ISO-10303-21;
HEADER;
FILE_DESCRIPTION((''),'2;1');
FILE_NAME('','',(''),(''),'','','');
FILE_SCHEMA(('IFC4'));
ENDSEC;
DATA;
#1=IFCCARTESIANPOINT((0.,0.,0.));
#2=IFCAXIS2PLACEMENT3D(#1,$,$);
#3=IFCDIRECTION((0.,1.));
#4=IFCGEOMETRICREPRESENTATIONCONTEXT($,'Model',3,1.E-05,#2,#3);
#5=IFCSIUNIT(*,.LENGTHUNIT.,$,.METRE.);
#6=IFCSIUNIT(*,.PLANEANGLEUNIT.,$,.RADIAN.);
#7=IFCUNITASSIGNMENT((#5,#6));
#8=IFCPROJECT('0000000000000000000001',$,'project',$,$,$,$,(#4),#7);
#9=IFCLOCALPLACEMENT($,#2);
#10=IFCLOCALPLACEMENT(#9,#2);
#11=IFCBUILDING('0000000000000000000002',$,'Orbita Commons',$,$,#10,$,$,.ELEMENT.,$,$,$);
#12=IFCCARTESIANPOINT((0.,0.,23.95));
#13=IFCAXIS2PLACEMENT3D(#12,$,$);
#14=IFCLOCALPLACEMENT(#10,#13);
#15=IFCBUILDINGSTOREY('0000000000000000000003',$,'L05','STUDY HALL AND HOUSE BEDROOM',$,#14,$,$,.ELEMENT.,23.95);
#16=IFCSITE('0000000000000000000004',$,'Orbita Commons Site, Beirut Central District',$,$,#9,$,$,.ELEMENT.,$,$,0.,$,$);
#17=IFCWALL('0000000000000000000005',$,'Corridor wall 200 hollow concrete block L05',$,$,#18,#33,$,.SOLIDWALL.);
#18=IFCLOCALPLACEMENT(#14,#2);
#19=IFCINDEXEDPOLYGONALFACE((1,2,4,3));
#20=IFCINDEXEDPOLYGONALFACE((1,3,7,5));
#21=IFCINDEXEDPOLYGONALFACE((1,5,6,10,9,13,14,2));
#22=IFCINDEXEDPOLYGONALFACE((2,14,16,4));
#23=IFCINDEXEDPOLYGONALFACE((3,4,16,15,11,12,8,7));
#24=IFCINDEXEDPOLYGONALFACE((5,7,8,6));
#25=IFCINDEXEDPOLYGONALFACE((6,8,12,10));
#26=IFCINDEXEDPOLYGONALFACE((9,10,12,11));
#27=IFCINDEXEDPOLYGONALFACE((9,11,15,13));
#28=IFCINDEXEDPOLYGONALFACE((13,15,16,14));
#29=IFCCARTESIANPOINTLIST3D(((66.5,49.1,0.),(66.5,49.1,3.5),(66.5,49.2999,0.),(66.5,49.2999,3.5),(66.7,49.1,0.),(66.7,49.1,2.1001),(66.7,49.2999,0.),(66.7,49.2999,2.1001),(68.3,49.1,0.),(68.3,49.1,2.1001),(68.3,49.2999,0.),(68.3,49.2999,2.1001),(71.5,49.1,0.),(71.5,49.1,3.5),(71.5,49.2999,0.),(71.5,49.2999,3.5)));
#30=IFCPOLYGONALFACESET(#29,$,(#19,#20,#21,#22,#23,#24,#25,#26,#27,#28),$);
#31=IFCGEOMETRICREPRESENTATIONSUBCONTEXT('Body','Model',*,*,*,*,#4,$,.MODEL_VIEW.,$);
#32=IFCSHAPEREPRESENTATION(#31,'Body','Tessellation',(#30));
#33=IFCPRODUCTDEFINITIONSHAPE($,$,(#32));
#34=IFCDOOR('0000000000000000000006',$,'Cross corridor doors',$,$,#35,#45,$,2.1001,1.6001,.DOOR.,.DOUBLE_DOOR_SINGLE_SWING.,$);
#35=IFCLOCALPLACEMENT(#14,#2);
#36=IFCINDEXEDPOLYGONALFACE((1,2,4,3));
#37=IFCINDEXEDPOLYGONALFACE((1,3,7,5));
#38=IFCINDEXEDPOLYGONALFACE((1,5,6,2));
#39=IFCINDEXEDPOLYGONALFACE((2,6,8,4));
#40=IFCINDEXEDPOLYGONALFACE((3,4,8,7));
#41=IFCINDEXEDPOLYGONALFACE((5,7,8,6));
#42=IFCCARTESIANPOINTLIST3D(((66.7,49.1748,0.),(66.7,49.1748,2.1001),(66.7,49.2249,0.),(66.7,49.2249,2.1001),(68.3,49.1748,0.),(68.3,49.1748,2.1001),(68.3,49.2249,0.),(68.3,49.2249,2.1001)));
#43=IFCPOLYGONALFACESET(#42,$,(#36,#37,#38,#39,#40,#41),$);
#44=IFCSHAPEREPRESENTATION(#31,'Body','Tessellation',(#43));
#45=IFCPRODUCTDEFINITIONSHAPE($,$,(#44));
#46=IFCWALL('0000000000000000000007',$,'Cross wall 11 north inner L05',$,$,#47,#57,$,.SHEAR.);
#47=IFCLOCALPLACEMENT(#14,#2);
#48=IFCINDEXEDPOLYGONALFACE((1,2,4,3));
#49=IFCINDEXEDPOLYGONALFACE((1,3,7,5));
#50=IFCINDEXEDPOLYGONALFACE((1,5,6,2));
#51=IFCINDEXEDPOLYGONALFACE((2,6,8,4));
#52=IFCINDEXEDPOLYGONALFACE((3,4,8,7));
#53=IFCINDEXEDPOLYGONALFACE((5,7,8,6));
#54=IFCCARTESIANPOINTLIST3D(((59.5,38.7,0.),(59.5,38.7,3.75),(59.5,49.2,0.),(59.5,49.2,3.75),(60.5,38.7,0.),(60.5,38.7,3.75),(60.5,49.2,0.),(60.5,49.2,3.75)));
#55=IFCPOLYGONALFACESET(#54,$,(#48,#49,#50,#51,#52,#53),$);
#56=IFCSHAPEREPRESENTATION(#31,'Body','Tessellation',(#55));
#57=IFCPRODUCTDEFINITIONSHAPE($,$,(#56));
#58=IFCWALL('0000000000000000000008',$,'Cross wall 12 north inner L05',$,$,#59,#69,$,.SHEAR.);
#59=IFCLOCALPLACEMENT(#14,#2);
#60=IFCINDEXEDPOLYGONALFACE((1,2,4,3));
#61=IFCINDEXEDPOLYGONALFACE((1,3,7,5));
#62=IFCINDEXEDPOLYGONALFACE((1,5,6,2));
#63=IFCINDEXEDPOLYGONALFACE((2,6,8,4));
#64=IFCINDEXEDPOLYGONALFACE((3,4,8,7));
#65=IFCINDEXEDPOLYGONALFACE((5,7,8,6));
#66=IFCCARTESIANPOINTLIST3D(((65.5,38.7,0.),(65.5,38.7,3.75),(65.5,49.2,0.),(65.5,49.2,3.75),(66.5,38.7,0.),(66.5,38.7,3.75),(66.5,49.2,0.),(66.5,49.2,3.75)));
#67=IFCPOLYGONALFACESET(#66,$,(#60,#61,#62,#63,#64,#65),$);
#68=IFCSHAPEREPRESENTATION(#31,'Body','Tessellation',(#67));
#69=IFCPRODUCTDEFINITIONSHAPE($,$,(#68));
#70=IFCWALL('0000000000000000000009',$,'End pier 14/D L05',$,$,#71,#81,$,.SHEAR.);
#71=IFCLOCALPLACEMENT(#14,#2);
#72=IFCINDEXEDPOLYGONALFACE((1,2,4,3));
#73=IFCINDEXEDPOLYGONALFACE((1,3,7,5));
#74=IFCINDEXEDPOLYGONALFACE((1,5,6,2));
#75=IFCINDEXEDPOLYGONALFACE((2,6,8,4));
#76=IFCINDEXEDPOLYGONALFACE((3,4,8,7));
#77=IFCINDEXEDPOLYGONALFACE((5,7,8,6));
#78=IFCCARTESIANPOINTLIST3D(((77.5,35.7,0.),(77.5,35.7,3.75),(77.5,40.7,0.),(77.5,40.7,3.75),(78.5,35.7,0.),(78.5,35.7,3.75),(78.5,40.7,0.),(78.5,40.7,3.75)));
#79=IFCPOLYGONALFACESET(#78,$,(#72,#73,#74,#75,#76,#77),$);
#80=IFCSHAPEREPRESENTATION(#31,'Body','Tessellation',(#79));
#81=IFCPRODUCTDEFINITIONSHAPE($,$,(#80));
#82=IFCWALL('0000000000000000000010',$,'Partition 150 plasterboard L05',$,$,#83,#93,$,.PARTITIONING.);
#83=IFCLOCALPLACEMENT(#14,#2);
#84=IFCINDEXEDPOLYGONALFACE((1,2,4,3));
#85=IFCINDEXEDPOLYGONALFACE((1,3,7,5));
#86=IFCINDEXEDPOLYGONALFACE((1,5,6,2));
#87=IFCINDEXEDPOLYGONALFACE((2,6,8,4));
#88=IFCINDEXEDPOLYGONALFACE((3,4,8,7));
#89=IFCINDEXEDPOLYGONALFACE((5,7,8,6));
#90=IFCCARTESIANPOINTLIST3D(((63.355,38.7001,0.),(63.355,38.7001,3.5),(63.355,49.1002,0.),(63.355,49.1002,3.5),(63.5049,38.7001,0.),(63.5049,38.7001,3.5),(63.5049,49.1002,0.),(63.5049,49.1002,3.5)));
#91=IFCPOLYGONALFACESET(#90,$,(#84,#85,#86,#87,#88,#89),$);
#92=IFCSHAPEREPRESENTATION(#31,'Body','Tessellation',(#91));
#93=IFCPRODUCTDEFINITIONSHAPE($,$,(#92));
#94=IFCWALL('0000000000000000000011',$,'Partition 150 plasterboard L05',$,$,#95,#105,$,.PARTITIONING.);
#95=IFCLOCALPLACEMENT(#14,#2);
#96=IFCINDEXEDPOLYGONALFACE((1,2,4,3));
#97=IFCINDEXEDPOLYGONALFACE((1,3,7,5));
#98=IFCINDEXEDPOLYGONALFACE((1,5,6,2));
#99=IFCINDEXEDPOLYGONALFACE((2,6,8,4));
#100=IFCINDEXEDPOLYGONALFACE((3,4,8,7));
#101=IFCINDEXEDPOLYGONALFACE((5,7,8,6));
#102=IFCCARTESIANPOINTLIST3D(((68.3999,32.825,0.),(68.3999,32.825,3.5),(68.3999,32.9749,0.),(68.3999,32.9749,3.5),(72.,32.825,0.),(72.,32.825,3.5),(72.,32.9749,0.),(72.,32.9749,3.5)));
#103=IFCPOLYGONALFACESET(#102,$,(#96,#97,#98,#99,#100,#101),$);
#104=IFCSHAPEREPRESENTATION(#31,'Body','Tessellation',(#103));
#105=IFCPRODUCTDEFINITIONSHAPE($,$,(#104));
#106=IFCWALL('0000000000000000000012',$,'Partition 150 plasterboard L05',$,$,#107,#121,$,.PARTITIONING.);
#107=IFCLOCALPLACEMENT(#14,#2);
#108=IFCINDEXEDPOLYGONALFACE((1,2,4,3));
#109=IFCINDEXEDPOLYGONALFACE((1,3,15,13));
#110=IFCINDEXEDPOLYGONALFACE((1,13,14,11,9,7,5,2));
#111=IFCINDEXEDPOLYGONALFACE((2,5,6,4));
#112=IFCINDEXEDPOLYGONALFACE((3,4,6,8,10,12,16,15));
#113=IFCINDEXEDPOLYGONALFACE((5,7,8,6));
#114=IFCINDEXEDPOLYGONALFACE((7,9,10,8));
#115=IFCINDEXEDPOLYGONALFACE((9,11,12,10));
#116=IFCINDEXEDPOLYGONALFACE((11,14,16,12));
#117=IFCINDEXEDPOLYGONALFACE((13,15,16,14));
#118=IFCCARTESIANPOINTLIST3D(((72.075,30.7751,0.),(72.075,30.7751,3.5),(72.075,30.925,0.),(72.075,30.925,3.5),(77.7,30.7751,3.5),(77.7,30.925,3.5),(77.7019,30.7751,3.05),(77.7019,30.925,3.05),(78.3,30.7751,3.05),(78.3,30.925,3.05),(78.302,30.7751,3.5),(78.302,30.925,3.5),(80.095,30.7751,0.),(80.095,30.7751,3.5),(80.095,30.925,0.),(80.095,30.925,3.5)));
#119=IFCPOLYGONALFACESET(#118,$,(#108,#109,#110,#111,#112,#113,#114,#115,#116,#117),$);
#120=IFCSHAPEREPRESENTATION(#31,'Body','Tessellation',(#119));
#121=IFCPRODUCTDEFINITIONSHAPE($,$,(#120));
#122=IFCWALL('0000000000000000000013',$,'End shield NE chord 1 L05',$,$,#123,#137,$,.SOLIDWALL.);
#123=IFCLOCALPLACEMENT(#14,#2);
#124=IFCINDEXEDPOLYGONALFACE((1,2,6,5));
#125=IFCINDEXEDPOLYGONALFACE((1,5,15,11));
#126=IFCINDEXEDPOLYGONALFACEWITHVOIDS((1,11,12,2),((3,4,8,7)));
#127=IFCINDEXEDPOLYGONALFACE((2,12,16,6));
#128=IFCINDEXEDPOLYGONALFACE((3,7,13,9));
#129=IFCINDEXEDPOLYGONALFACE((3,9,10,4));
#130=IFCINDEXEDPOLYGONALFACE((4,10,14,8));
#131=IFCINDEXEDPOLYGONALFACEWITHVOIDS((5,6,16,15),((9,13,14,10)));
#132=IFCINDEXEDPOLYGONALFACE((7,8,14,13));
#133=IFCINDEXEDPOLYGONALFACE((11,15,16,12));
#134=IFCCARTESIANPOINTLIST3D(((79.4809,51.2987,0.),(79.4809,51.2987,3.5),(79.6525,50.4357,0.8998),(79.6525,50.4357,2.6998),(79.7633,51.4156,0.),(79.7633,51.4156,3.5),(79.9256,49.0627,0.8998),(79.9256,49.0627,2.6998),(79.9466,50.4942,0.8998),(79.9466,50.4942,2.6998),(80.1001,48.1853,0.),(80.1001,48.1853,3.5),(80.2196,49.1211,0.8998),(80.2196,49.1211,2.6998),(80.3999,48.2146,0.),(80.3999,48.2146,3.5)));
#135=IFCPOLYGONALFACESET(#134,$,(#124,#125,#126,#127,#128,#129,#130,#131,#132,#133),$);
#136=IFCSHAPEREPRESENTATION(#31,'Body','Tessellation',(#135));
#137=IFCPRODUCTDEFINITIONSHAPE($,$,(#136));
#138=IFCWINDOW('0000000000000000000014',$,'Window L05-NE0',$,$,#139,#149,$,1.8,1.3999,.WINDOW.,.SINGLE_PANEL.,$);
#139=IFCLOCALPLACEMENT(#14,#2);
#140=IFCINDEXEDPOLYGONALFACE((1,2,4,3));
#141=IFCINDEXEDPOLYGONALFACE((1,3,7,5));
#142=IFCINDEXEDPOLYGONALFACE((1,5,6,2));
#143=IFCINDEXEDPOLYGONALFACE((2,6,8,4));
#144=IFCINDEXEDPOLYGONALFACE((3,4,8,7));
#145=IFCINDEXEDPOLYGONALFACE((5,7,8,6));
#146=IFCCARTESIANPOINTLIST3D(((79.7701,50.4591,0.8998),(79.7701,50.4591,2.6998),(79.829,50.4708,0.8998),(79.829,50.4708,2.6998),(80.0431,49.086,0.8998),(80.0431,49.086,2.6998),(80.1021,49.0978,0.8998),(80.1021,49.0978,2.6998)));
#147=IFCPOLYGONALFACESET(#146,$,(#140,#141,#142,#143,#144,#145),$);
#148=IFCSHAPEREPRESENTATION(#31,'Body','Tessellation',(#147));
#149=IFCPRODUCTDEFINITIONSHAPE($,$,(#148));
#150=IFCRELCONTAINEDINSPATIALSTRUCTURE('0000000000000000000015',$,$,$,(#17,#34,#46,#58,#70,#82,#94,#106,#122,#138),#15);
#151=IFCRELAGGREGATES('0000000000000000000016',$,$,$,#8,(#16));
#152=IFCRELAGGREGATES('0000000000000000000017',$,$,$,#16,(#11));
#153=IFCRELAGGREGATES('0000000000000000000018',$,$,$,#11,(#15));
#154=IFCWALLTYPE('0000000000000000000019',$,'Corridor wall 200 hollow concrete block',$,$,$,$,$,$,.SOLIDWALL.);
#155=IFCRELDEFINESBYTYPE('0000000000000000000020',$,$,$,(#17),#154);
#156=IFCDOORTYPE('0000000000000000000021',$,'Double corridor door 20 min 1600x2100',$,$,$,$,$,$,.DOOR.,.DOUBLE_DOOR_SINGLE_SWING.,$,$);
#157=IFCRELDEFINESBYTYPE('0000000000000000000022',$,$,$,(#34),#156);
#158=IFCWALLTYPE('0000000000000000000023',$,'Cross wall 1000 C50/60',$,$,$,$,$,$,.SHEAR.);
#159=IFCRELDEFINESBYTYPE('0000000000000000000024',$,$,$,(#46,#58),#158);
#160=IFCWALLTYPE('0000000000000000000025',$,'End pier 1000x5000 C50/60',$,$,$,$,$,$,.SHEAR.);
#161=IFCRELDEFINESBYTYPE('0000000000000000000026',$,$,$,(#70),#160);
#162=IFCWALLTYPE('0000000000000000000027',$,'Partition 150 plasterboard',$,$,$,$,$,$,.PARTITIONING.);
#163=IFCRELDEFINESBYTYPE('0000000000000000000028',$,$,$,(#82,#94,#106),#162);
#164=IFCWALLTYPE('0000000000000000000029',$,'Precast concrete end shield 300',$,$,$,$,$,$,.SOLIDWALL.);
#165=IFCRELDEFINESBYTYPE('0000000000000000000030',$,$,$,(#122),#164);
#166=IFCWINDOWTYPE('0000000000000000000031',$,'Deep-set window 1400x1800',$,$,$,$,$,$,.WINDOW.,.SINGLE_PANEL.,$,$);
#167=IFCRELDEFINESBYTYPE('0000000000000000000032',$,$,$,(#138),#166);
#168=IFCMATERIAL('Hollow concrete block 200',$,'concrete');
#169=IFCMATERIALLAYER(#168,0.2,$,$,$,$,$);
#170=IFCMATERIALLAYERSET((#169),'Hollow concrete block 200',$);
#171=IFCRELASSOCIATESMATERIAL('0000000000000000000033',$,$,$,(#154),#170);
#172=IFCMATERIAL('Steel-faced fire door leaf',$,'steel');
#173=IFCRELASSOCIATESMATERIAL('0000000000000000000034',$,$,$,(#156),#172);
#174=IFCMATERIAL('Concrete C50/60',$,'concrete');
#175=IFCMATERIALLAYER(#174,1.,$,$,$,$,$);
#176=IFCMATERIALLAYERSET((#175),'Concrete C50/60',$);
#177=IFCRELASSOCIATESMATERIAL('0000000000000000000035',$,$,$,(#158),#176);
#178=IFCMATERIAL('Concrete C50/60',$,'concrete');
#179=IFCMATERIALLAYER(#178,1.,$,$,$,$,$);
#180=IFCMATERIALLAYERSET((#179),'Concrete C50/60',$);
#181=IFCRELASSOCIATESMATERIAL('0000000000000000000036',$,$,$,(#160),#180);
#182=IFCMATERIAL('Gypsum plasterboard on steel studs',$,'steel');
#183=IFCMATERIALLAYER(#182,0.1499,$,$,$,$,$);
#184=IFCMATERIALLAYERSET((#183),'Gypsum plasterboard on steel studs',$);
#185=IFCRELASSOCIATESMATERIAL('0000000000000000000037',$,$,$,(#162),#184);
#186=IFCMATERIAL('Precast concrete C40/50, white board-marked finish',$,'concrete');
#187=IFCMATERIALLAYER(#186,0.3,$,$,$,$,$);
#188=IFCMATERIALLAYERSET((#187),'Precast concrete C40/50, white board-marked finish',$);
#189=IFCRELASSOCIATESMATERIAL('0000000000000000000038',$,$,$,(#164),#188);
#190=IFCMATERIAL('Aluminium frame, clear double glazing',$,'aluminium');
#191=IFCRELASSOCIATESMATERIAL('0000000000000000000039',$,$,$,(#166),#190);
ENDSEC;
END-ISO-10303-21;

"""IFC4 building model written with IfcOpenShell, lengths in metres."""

from ifc_helpers import new_model, si_unit, direction, frame, frame_2d, origin, place, context, subcontext, project, spatial, polyline, rectangle, outline, extrude, material, layer, layer_set, type_object, element, fill, save


model = new_model("IFC4")

# Units and contexts
model_context = context("Model", 3, precision=1e-05, world=origin(), true_north=direction((0.0, 1.0)))
body_context = subcontext(model_context, "Body", "Model", "MODEL_VIEW")
ifc_project = project(units=[si_unit("LENGTHUNIT", "METRE"), si_unit("PLANEANGLEUNIT", "RADIAN")], contexts=[model_context])

# Site, building, storey
site_placement = place(None, origin())
site = spatial("IfcSite", under=ifc_project, at=site_placement, Name="Orbita Commons Site, Beirut Central District", CompositionType="ELEMENT", RefElevation=0.0)
building_placement = place(site_placement, origin())
building = spatial("IfcBuilding", under=site, at=building_placement, Name="Orbita Commons", CompositionType="ELEMENT")
storey_placement = place(building_placement, frame((0.0, 0.0, 23.95)))
storey = spatial("IfcBuildingStorey", under=building, at=storey_placement, Name="L05", Description="STUDY HALL AND HOUSE BEDROOM", CompositionType="ELEMENT", Elevation=23.95)

# Shared definitions
ifc_material_1 = material(Name="Hollow concrete block 200", Category="concrete")
ifc_layer_1 = layer(ifc_material_1, 0.2)
ifc_layer_set_1 = layer_set([ifc_layer_1], Name="Hollow concrete block 200")
wall_type_1 = type_object("IfcWallType", Name="Corridor wall 200 hollow concrete block", PredefinedType="SOLIDWALL", material=ifc_layer_set_1)

# Wall, opening, door
wall_1_placement = place(storey_placement, frame((66.5, 49.2, 0.0), z_axis=(0.0, 0.0, 1.0), x_axis=(1.0, 0.0, 0.0)))
wall_1 = element("IfcWall", 1, at=wall_1_placement, inside=storey, type_object=wall_type_1, Name="Corridor wall 200 hollow concrete block L05", PredefinedType="SOLIDWALL", context=body_context, shape_type="SweptSolid", body=[
    extrude(rectangle(XDim=5.0, YDim=0.2, at=frame_2d((2.5, 0.0))), origin(), (0.0, 0.0, 1.0), 3.5),
])
opening_1_placement = place(wall_1_placement, frame((0.2, 0.0, 0.0)))
opening_1 = element("IfcOpeningElement", 2, at=opening_1_placement, cuts=wall_1, PredefinedType="OPENING", context=body_context, shape_type="SweptSolid", body=[
    extrude(rectangle(XDim=1.6001, YDim=2.1001, at=frame_2d((0.8, 1.05))), frame((0.0, 0.1099, 0.0), z_axis=(0.0, -1.0, 0.0), x_axis=(1.0, 0.0, 0.0)), (0.0, 0.0, 1.0), 0.22),
])
ifc_material_2 = material(Name="Steel-faced fire door leaf", Category="steel")
door_type_1 = type_object("IfcDoorType", Name="Double corridor door 20 min 1600x2100", OperationType="DOUBLE_DOOR_SINGLE_SWING", PredefinedType="DOOR", material=ifc_material_2)
door_1_placement = place(opening_1_placement, origin())
door_1 = element("IfcDoor", 3, at=door_1_placement, inside=storey, type_object=door_type_1, Name="Cross corridor doors", OperationType="DOUBLE_DOOR_SINGLE_SWING", OverallHeight=2.1001, OverallWidth=1.6001, PredefinedType="DOOR", context=body_context, shape_type="SweptSolid", body=[
    extrude(rectangle(XDim=1.6001, YDim=2.1001, at=frame_2d((0.8, 1.05))), frame((0.0, 0.0249, 0.0), z_axis=(0.0, -1.0, 0.0), x_axis=(1.0, 0.0, 0.0)), (0.0, 0.0, 1.0), 0.05),
])
fill(opening_1, door_1)

# Walls
ifc_material_3 = material(Name="Concrete C50/60", Category="concrete")
ifc_layer_2 = layer(ifc_material_3, 1.0)
ifc_layer_set_2 = layer_set([ifc_layer_2], Name="Concrete C50/60")
wall_type_2 = type_object("IfcWallType", Name="Cross wall 1000 C50/60", PredefinedType="SHEAR", material=ifc_layer_set_2)
for number, where, z_axis, x_axis, name in (
    (4, (60.0, 38.7, 0.0), (0.0, 0.0, 1.0), (0.0, 1.0, 0.0), "Cross wall 11 north inner L05"),
    (5, (66.0, 38.7, 0.0), (0.0, 0.0, 1.0), (0.0, 1.0, 0.0), "Cross wall 12 north inner L05"),
):
    element("IfcWall", number, at=place(storey_placement, frame(where, z_axis=z_axis, x_axis=x_axis)), inside=storey, type_object=wall_type_2, Name=name, PredefinedType="SHEAR", context=body_context, shape_type="SweptSolid", body=[
        extrude(rectangle(XDim=10.5, YDim=1.0, at=frame_2d((5.25, 0.0))), origin(), (0.0, 0.0, 1.0), 3.75),
    ])
ifc_material_4 = material(Name="Concrete C50/60", Category="concrete")
ifc_layer_3 = layer(ifc_material_4, 1.0)
ifc_layer_set_3 = layer_set([ifc_layer_3], Name="Concrete C50/60")
wall_type_3 = type_object("IfcWallType", Name="End pier 1000x5000 C50/60", PredefinedType="SHEAR", material=ifc_layer_set_3)
wall_2_placement = place(storey_placement, frame((78.0, 35.7, 0.0), z_axis=(0.0, 0.0, 1.0), x_axis=(0.0, 1.0, 0.0)))
element("IfcWall", 6, at=wall_2_placement, inside=storey, type_object=wall_type_3, Name="End pier 14/D L05", PredefinedType="SHEAR", context=body_context, shape_type="SweptSolid", body=[
    extrude(rectangle(XDim=5.0, YDim=1.0, at=frame_2d((2.5, 0.0))), origin(), (0.0, 0.0, 1.0), 3.75),
])
ifc_material_5 = material(Name="Gypsum plasterboard on steel studs", Category="steel")
ifc_layer_4 = layer(ifc_material_5, 0.1499)
ifc_layer_set_4 = layer_set([ifc_layer_4], Name="Gypsum plasterboard on steel studs")
wall_type_4 = type_object("IfcWallType", Name="Partition 150 plasterboard", PredefinedType="PARTITIONING", material=ifc_layer_set_4)
wall_3_placement = place(storey_placement, frame((63.4299, 38.7, 0.0), z_axis=(0.0, 0.0, 1.0), x_axis=(0.0, 1.0, 0.0)))
element("IfcWall", 7, at=wall_3_placement, inside=storey, type_object=wall_type_4, Name="Partition 150 plasterboard L05", PredefinedType="PARTITIONING", context=body_context, shape_type="SweptSolid", body=[
    extrude(rectangle(XDim=10.4001, YDim=0.1499, at=frame_2d((5.2002, 0.0))), origin(), (0.0, 0.0, 1.0), 3.5),
])
wall_4_placement = place(storey_placement, frame((68.3999, 32.8999, 0.0), z_axis=(0.0, 0.0, 1.0), x_axis=(1.0, 0.0, 0.0)))
element("IfcWall", 8, at=wall_4_placement, inside=storey, type_object=wall_type_4, Name="Partition 150 plasterboard L05", PredefinedType="PARTITIONING", context=body_context, shape_type="SweptSolid", body=[
    extrude(rectangle(XDim=3.6001, YDim=0.1499, at=frame_2d((1.8, 0.0))), origin(), (0.0, 0.0, 1.0), 3.5),
])
wall_5_placement = place(storey_placement, frame((72.075, 30.8501, 0.0), z_axis=(0.0, 0.0, 1.0), x_axis=(1.0, 0.0, 0.0)))
element("IfcWall", 9, at=wall_5_placement, inside=storey, type_object=wall_type_4, Name="Partition 150 plasterboard L05", PredefinedType="PARTITIONING", context=body_context, shape_type="SweptSolid", body=[
    extrude(outline(polyline([(0.0, 0.0), (8.02, 0.0), (8.02, 3.5), (6.2271, 3.5), (6.2251, 3.05), (5.627, 3.05), (5.625, 3.5), (0.0, 3.5), (0.0, 0.0)])), frame((0.0, 0.075, 0.0), z_axis=(0.0, -1.0, 0.0), x_axis=(1.0, 0.0, 0.0)), (0.0, 0.0, 1.0), 0.1499),
])

# Wall, opening, window
ifc_material_6 = material(Name="Precast concrete C40/50, white board-marked finish", Category="concrete")
ifc_layer_5 = layer(ifc_material_6, 0.3)
ifc_layer_set_5 = layer_set([ifc_layer_5], Name="Precast concrete C40/50, white board-marked finish")
wall_type_5 = type_object("IfcWallType", Name="Precast concrete end shield 300", PredefinedType="SOLIDWALL", material=ifc_layer_set_5)
wall_6_placement = place(storey_placement, frame((80.25, 48.2, 0.0), z_axis=(0.0, 0.0, 1.0), x_axis=(-0.195066, 0.98079, 0.0)))
wall_6 = element("IfcWall", 10, at=wall_6_placement, inside=storey, type_object=wall_type_5, Name="End shield NE chord 1 L05", PredefinedType="SOLIDWALL", context=body_context, shape_type="SweptSolid", body=[
    extrude(outline(polyline([(-0.0149, -0.1499), (3.2488, -0.1499), (3.1892, 0.1499), (0.0149, 0.1499), (-0.0149, -0.1499)])), origin(), (0.0, 0.0, 1.0), 3.5),
])
opening_2_placement = place(wall_6_placement, frame((0.9094, 0.0, 0.8999)))
opening_2 = element("IfcOpeningElement", 11, at=opening_2_placement, cuts=wall_6, PredefinedType="OPENING", context=body_context, shape_type="SweptSolid", body=[
    extrude(rectangle(XDim=1.3999, YDim=1.8, at=frame_2d((0.7, 0.8999))), frame((0.0, 0.1599, 0.0), z_axis=(0.0, -1.0, 0.0), x_axis=(1.0, 0.0, 0.0)), (0.0, 0.0, 1.0), 0.3201),
])
ifc_material_7 = material(Name="Aluminium frame, clear double glazing", Category="aluminium")
window_type = type_object("IfcWindowType", Name="Deep-set window 1400x1800", PartitioningType="SINGLE_PANEL", PredefinedType="WINDOW", material=ifc_material_7)
window_placement = place(opening_2_placement, origin())
window = element("IfcWindow", 12, at=window_placement, inside=storey, type_object=window_type, Name="Window L05-NE0", OverallHeight=1.8, OverallWidth=1.3999, PartitioningType="SINGLE_PANEL", PredefinedType="WINDOW", context=body_context, shape_type="SweptSolid", body=[
    extrude(rectangle(XDim=1.3999, YDim=1.8, at=frame_2d((0.7, 0.8999))), frame((0.0, 0.03, 0.0), z_axis=(0.0, -1.0, 0.0), x_axis=(1.0, 0.0, 0.0)), (0.0, 0.0, 1.0), 0.0601),
])
fill(opening_2, window)

save(model, "model.ifc")
